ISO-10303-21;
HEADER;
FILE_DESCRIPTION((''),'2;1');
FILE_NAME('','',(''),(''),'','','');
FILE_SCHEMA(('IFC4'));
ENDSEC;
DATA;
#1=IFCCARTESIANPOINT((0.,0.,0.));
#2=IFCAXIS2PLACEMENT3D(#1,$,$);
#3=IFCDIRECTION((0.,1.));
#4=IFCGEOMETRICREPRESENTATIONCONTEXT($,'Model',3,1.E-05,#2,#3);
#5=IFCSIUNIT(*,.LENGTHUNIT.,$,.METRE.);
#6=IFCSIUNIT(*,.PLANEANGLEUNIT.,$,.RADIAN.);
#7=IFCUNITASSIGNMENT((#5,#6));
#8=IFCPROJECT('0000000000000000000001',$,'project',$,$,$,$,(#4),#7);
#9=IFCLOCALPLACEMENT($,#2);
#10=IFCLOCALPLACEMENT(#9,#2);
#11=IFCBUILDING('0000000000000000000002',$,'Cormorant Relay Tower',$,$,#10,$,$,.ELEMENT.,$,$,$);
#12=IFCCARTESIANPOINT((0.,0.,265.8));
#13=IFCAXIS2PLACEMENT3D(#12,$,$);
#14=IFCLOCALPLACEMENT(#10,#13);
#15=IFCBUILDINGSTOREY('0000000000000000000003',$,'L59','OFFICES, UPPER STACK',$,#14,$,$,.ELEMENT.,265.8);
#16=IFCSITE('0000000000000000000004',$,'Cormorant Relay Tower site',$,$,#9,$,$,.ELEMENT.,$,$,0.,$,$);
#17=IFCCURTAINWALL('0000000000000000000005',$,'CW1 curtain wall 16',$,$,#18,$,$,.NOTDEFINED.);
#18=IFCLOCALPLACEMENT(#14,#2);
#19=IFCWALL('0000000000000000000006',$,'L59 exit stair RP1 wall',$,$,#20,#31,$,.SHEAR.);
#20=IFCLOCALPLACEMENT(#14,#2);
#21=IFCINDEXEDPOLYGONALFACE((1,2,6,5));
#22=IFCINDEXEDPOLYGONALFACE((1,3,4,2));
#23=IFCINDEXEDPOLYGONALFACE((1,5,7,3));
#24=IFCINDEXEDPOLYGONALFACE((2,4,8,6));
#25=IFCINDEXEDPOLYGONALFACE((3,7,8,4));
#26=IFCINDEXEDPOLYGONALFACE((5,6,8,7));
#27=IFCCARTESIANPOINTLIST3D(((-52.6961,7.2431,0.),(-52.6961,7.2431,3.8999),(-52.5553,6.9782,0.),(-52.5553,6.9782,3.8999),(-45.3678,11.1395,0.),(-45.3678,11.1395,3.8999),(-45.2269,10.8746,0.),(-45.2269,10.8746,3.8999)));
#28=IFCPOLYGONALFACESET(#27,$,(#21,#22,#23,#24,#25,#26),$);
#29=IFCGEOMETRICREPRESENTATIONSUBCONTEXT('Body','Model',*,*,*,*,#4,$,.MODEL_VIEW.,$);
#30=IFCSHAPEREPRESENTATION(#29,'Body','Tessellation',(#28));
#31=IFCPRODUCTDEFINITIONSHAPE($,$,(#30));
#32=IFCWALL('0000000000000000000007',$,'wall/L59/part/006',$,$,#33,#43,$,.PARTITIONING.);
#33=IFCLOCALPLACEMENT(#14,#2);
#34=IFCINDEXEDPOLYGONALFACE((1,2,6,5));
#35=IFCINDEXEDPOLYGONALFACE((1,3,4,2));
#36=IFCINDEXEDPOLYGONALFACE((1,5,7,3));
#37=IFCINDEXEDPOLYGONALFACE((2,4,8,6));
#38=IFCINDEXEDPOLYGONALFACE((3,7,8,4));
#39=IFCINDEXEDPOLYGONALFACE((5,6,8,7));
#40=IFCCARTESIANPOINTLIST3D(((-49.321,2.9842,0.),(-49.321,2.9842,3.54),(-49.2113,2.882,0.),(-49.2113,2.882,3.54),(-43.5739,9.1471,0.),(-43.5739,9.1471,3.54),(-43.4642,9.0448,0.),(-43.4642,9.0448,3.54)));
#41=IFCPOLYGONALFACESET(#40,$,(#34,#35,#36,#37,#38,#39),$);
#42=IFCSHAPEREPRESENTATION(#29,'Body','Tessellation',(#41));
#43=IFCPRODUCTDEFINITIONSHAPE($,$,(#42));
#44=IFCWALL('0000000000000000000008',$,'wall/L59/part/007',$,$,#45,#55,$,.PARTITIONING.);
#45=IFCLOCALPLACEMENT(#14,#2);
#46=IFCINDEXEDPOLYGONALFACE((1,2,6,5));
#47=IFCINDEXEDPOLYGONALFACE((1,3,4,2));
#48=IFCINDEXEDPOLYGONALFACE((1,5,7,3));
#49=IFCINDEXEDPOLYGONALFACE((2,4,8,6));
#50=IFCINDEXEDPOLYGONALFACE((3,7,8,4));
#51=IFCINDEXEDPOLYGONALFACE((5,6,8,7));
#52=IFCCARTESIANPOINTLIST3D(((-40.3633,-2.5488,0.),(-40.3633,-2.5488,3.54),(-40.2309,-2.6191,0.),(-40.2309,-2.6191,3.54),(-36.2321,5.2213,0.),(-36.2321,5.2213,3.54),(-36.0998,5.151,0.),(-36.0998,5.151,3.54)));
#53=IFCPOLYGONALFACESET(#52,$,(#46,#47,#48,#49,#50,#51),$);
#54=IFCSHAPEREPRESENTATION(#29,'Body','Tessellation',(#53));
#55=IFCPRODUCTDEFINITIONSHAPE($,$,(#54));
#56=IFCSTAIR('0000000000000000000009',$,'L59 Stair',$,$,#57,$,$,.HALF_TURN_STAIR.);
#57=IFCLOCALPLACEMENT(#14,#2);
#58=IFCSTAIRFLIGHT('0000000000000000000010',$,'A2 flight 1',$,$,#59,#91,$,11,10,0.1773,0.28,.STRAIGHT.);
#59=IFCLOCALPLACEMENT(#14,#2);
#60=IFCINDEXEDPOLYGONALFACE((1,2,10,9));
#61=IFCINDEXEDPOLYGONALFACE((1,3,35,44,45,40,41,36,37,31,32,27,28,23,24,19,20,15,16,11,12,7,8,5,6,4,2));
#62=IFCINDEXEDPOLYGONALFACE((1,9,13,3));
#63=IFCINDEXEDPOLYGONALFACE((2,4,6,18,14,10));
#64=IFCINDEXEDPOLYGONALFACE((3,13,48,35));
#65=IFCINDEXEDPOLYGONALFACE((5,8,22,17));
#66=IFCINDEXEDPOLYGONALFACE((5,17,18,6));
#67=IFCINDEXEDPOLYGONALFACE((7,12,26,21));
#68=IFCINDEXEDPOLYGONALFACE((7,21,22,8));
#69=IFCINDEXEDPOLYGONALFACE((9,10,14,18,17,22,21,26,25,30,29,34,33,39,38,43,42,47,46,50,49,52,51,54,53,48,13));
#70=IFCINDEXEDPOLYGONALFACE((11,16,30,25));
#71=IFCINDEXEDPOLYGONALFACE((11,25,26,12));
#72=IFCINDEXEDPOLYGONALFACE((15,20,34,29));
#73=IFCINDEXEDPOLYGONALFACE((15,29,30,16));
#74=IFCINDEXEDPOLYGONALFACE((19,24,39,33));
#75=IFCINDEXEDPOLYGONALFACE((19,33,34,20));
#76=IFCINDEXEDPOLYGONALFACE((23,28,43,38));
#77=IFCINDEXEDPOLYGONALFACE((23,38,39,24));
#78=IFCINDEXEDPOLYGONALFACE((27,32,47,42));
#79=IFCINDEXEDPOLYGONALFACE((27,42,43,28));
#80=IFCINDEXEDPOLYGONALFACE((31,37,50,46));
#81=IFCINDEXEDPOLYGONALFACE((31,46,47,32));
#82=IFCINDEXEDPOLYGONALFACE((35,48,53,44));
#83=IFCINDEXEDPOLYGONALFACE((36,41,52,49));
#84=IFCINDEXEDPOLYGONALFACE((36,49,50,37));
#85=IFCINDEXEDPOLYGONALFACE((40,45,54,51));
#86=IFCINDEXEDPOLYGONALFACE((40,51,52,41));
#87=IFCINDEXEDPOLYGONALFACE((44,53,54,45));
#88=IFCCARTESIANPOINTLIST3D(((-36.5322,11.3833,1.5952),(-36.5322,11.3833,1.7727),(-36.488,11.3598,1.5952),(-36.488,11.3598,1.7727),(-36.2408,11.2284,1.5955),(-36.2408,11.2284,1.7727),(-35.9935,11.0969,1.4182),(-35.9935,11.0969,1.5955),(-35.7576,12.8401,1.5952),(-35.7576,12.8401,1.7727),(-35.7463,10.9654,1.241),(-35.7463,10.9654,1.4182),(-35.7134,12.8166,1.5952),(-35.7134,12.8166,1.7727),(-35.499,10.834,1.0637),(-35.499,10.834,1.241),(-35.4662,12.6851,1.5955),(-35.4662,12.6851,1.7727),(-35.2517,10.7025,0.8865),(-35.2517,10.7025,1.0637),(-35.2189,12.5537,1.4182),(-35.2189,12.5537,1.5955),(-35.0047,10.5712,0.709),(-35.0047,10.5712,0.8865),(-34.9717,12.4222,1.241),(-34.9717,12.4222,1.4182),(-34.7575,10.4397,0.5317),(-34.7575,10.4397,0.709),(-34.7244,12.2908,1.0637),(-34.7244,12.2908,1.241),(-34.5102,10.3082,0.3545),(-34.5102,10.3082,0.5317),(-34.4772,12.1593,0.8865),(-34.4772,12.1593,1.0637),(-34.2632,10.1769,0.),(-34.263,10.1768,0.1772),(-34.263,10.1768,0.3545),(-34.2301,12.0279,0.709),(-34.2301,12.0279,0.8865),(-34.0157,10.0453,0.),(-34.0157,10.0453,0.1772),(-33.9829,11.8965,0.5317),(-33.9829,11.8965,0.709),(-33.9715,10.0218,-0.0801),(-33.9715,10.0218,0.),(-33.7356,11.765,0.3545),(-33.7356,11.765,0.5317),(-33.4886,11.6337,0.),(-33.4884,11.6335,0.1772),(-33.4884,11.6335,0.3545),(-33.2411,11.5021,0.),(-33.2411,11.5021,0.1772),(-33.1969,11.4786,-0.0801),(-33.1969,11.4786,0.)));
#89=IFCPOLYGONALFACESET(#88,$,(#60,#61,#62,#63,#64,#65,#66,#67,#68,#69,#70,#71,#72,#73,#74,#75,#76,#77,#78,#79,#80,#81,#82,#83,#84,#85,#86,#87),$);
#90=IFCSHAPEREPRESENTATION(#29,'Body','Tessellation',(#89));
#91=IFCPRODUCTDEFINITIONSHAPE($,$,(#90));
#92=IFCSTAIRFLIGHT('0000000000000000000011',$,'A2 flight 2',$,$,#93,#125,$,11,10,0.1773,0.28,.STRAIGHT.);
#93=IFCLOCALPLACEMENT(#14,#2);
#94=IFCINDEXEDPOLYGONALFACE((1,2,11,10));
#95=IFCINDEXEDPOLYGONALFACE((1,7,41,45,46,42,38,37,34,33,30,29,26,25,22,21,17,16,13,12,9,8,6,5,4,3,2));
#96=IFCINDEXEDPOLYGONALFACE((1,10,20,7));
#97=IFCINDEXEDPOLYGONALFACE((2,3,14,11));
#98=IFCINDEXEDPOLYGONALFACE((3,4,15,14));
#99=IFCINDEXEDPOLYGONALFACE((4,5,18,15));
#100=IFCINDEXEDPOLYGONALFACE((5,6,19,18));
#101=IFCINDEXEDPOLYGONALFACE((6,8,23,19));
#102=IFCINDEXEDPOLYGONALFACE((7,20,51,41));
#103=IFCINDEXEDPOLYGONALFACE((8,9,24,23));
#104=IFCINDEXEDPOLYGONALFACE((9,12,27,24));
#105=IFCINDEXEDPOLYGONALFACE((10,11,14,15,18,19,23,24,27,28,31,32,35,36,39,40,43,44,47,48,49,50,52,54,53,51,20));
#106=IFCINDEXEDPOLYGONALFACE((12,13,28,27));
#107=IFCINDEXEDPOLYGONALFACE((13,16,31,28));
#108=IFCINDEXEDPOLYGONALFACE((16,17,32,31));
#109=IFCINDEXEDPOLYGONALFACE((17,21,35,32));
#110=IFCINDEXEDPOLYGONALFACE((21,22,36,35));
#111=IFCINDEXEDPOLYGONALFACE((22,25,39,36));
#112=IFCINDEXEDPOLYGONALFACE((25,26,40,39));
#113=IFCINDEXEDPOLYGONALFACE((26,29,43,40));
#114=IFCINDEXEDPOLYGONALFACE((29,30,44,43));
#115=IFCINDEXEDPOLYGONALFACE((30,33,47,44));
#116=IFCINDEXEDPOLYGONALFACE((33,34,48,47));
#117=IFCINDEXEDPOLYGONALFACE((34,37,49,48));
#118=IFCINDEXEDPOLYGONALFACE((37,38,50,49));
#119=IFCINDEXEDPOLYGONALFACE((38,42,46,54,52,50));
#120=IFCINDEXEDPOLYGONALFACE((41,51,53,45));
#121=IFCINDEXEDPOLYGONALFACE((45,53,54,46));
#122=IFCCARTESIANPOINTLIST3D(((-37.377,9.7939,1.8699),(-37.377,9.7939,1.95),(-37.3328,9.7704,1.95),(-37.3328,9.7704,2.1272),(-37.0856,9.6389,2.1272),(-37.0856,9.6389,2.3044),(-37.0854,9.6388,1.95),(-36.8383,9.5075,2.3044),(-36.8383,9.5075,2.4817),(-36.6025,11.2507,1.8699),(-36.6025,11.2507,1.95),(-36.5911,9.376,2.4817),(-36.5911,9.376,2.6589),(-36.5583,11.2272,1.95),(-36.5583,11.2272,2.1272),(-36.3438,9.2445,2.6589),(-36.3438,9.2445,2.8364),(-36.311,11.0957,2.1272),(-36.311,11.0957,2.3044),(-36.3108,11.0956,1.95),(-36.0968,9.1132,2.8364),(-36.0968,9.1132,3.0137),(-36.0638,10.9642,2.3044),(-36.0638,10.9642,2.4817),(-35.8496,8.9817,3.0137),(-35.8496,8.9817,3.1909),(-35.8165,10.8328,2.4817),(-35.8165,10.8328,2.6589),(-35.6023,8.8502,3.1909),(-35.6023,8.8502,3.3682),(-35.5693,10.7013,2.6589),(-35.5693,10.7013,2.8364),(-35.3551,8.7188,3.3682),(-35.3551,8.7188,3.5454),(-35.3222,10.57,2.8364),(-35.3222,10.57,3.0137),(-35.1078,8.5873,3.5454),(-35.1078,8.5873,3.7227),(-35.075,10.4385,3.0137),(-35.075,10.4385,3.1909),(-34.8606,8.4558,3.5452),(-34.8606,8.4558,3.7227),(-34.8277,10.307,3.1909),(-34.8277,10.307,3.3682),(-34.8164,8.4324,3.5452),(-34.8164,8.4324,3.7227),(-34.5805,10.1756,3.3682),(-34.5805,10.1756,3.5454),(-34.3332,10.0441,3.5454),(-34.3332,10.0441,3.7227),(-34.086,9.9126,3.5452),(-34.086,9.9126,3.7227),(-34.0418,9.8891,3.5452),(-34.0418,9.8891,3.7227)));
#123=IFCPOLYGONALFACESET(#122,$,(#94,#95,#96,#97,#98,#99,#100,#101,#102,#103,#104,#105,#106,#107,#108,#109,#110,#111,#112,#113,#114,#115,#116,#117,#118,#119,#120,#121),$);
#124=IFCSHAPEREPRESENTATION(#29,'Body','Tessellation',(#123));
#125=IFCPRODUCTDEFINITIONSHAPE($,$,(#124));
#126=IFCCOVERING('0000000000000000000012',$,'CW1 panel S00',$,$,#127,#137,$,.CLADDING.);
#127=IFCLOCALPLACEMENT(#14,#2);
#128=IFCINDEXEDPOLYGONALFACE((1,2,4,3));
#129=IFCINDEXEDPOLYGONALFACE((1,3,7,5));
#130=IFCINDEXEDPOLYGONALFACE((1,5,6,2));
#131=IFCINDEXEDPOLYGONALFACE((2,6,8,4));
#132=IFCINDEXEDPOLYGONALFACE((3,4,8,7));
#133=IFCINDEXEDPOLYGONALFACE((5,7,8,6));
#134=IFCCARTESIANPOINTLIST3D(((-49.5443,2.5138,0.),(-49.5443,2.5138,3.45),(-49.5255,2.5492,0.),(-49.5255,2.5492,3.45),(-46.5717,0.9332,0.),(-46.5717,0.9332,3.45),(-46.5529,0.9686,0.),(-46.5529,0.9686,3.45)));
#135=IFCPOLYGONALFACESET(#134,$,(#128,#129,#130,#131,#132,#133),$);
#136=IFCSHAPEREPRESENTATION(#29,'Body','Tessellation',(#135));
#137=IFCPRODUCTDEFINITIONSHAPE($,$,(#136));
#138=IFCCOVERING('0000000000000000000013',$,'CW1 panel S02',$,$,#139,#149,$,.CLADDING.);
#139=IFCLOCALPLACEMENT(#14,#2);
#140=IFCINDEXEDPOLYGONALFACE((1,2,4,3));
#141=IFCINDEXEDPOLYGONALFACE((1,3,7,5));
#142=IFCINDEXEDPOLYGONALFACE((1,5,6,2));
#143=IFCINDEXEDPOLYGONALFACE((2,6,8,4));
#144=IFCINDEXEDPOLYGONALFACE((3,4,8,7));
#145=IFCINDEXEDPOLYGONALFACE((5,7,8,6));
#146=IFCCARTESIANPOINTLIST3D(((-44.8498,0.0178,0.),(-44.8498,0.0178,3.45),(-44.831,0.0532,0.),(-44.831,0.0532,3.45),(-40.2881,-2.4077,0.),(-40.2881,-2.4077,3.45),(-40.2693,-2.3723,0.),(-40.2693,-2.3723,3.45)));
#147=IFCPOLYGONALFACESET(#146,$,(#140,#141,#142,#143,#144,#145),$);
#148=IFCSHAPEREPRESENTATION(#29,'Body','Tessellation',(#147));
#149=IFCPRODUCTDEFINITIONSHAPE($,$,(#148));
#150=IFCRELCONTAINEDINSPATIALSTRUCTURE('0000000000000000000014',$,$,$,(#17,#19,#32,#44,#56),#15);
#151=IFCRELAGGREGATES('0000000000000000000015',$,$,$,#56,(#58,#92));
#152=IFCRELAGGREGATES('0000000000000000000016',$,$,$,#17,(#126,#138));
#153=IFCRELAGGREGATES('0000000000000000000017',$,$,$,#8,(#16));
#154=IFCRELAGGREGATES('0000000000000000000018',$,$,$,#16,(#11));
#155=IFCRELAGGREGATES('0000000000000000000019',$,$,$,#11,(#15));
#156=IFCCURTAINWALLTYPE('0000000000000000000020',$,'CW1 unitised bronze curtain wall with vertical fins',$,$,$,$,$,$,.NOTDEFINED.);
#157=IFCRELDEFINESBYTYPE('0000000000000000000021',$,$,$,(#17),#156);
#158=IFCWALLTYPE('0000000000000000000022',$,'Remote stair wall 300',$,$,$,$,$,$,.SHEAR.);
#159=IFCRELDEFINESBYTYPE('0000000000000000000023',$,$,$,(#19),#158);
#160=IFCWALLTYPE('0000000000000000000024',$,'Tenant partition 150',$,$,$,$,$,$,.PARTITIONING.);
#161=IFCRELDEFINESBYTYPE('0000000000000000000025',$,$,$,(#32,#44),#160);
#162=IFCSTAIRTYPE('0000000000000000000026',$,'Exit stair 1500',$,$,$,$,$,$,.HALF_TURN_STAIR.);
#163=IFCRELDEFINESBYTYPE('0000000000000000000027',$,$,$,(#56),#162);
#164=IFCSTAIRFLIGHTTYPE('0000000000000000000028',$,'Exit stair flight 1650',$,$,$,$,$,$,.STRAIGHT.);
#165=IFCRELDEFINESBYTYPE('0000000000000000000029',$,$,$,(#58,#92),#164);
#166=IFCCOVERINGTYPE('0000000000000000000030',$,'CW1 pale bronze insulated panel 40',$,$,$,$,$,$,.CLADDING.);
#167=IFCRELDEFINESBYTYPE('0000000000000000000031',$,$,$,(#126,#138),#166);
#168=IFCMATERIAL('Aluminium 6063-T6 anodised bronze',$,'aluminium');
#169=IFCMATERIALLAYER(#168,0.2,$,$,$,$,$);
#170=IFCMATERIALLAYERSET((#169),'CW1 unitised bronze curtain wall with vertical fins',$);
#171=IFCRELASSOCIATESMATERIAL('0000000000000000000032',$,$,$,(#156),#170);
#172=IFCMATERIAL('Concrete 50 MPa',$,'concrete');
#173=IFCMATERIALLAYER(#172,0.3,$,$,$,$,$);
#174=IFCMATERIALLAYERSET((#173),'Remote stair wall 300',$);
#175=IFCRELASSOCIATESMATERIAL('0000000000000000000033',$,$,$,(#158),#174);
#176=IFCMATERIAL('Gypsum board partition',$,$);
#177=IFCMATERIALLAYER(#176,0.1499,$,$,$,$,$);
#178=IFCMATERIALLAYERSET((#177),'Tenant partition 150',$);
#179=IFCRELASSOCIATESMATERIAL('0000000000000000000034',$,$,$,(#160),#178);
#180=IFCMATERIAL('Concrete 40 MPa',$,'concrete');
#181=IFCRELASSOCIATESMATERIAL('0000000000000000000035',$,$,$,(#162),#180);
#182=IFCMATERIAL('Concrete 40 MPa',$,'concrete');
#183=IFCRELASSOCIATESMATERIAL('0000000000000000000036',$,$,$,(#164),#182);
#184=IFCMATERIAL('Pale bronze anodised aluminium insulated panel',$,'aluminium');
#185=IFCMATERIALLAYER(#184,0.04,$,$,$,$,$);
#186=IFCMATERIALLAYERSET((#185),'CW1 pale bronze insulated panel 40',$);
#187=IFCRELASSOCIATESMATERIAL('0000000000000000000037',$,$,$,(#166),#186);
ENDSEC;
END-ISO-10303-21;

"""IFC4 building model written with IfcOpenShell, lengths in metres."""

from ifc_helpers import new_model, si_unit, direction, frame, frame_2d, origin, origin_2d, place, context, subcontext, project, spatial, polyline, rectangle, outline, extrude, material, layer, layer_set, type_object, element, aggregate, save


model = new_model("IFC4")

# Units and contexts
model_context = context("Model", 3, precision=1e-05, world=origin(), true_north=direction((0.0, 1.0)))
body_context = subcontext(model_context, "Body", "Model", "MODEL_VIEW")
ifc_project = project(units=[si_unit("LENGTHUNIT", "METRE"), si_unit("PLANEANGLEUNIT", "RADIAN")], contexts=[model_context])

# Site, building, storey
site_placement = place(None, origin())
site = spatial("IfcSite", under=ifc_project, at=site_placement, Name="Cormorant Relay Tower site", CompositionType="ELEMENT", RefElevation=0.0)
building_placement = place(site_placement, origin())
building = spatial("IfcBuilding", under=site, at=building_placement, Name="Cormorant Relay Tower", CompositionType="ELEMENT")
storey_placement = place(building_placement, frame((0.0, 0.0, 265.8)))
storey = spatial("IfcBuildingStorey", under=building, at=storey_placement, Name="L59", Description="OFFICES, UPPER STACK", CompositionType="ELEMENT", Elevation=265.8)

# Curtain wall
ifc_material_1 = material(Name="Aluminium 6063-T6 anodised bronze", Category="aluminium")
ifc_layer_1 = layer(ifc_material_1, 0.2)
ifc_layer_set_1 = layer_set([ifc_layer_1], Name="CW1 unitised bronze curtain wall with vertical fins")
curtain_wall_type = type_object("IfcCurtainWallType", Name="CW1 unitised bronze curtain wall with vertical fins", PredefinedType="NOTDEFINED", material=ifc_layer_set_1)
curtain_wall_placement = place(storey_placement, origin())
curtain_wall = element("IfcCurtainWall", 1, at=curtain_wall_placement, inside=storey, type_object=curtain_wall_type, Name="CW1 curtain wall 16", PredefinedType="NOTDEFINED")

# Walls
ifc_material_2 = material(Name="Concrete 50 MPa", Category="concrete")
ifc_layer_2 = layer(ifc_material_2, 0.3)
ifc_layer_set_2 = layer_set([ifc_layer_2], Name="Remote stair wall 300")
wall_type_1 = type_object("IfcWallType", Name="Remote stair wall 300", PredefinedType="SHEAR", material=ifc_layer_set_2)
wall_1_placement = place(storey_placement, frame((-45.2974, 11.0071, 0.0), z_axis=(0.0, 0.0, 1.0), x_axis=(-0.882952, -0.469464, 0.0)))
element("IfcWall", 2, at=wall_1_placement, inside=storey, type_object=wall_type_1, Name="L59 exit stair RP1 wall", PredefinedType="SHEAR", context=body_context, shape_type="SweptSolid", body=[
    extrude(rectangle(XDim=8.2998, YDim=0.3, at=frame_2d((4.1499, 0.0))), origin(), (0.0, 0.0, 1.0), 3.8999),
])
ifc_material_3 = material(Name="Gypsum board partition")
ifc_layer_3 = layer(ifc_material_3, 0.1499)
ifc_layer_set_3 = layer_set([ifc_layer_3], Name="Tenant partition 150")
wall_type_2 = type_object("IfcWallType", Name="Tenant partition 150", PredefinedType="PARTITIONING", material=ifc_layer_set_3)
wall_2_placement = place(storey_placement, frame((-43.519, 9.0959, 0.0), z_axis=(0.0, 0.0, 1.0), x_axis=(-0.682006, -0.731346, 0.0)))
element("IfcWall", 3, at=wall_2_placement, inside=storey, type_object=wall_type_2, Name="wall/L59/part/006", PredefinedType="PARTITIONING", context=body_context, shape_type="SweptSolid", body=[
    extrude(rectangle(XDim=8.4268, YDim=0.1499, at=frame_2d((4.2134, 0.0))), origin(), (0.0, 0.0, 1.0), 3.54),
])
wall_3_placement = place(storey_placement, frame((-36.166, 5.186, 0.0), z_axis=(0.0, 0.0, 1.0), x_axis=(-0.469446, -0.882961, 0.0)))
element("IfcWall", 4, at=wall_3_placement, inside=storey, type_object=wall_type_2, Name="wall/L59/part/007", PredefinedType="PARTITIONING", context=body_context, shape_type="SweptSolid", body=[
    extrude(rectangle(XDim=8.8, YDim=0.1499, at=frame_2d((4.3999, 0.0))), origin(), (0.0, 0.0, 1.0), 3.54),
])

# Stair, stair flights
ifc_material_4 = material(Name="Concrete 40 MPa", Category="concrete")
stair_type = type_object("IfcStairType", Name="Exit stair 1500", PredefinedType="HALF_TURN_STAIR", material=ifc_material_4)
stair_placement = place(storey_placement, origin())
stair = element("IfcStair", 5, at=stair_placement, inside=storey, type_object=stair_type, Name="L59 Stair", PredefinedType="HALF_TURN_STAIR")
ifc_material_5 = material(Name="Concrete 40 MPa", Category="concrete")
stair_flight_type = type_object("IfcStairFlightType", Name="Exit stair flight 1650", PredefinedType="STRAIGHT", material=ifc_material_5)
stair_flight_1_placement = place(storey_placement, frame((-33.6284, 10.7737, 0.0), z_axis=(0.0, 0.0, 1.0), x_axis=(-0.882948, 0.469472, 0.0)))
stair_flight_1 = element("IfcStairFlight", 6, at=stair_flight_1_placement, type_object=stair_flight_type, Name="A2 flight 1", NumberOfRisers=11, NumberOfTreads=10, PredefinedType="STRAIGHT", RiserHeight=0.1773, TreadLength=0.28, context=body_context, shape_type="SweptSolid", body=[
    extrude(outline(polyline([(-0.05, -0.0801), (-0.05, 0.0), (0.0, 0.0), (0.0, 0.1772), (0.28, 0.1772), (0.28, 0.3545), (0.5601, 0.3545), (0.5601, 0.5317), (0.8401, 0.5317), (0.8401, 0.709), (1.1201, 0.709), (1.1201, 0.8865), (1.3999, 0.8865), (1.3999, 1.0637), (1.6799, 1.0637), (1.6799, 1.241), (1.96, 1.241), (1.96, 1.4182), (2.24, 1.4182), (2.24, 1.5955), (2.52, 1.5955), (2.52, 1.7727), (2.8, 1.7727), (2.8501, 1.7727), (2.8501, 1.5952), (2.8, 1.5952), (0.2803, 0.0), (-0.05, -0.0801)])), frame((0.0, 0.825, 0.0), z_axis=(0.0, -1.0, 0.0), x_axis=(1.0, 0.0, 0.0)), (0.0, 0.0, 1.0), 1.6499),
])
stair_flight_2_placement = place(storey_placement, frame((-36.9456, 10.4988, 1.95), z_axis=(0.0, 0.0, 1.0), x_axis=(0.882948, -0.469472, 0.0)))
stair_flight_2 = element("IfcStairFlight", 7, at=stair_flight_2_placement, type_object=stair_flight_type, Name="A2 flight 2", NumberOfRisers=11, NumberOfTreads=10, PredefinedType="STRAIGHT", RiserHeight=0.1773, TreadLength=0.28, context=body_context, shape_type="SweptSolid", body=[
    extrude(outline(polyline([(-0.05, -0.0801), (-0.05, 0.0), (0.0, 0.0), (0.0, 0.1772), (0.28, 0.1772), (0.28, 0.3545), (0.5601, 0.3545), (0.5601, 0.5317), (0.8401, 0.5317), (0.8401, 0.709), (1.1201, 0.709), (1.1201, 0.8865), (1.3999, 0.8865), (1.3999, 1.0637), (1.6799, 1.0637), (1.6799, 1.241), (1.96, 1.241), (1.96, 1.4182), (2.24, 1.4182), (2.24, 1.5955), (2.52, 1.5955), (2.52, 1.7727), (2.8, 1.7727), (2.8501, 1.7727), (2.8501, 1.5952), (2.8, 1.5952), (0.2803, 0.0), (-0.05, -0.0801)])), frame((0.0, 0.825, 0.0), z_axis=(0.0, -1.0, 0.0), x_axis=(1.0, 0.0, 0.0)), (0.0, 0.0, 1.0), 1.6499),
])
aggregate(stair, [stair_flight_1, stair_flight_2])

# Coverings
ifc_material_6 = material(Name="Pale bronze anodised aluminium insulated panel", Category="aluminium")
ifc_layer_4 = layer(ifc_material_6, 0.04)
ifc_layer_set_4 = layer_set([ifc_layer_4], Name="CW1 pale bronze insulated panel 40")
covering_type = type_object("IfcCoveringType", Name="CW1 pale bronze insulated panel 40", PredefinedType="CLADDING", material=ifc_layer_set_4)
covering_1_placement = place(storey_placement, frame((-48.0486, 1.7412, 0.0), z_axis=(0.0, 0.0, 1.0), x_axis=(0.882948, -0.469472, 0.0)))
covering_1 = element("IfcCovering", 8, at=covering_1_placement, type_object=covering_type, Name="CW1 panel S00", PredefinedType="CLADDING", context=body_context, shape_type="SweptSolid", body=[
    extrude(rectangle(XDim=3.3667, YDim=0.04, at=origin_2d()), origin(), (0.0, 0.0, 1.0), 3.45),
])
covering_2_placement = place(storey_placement, frame((-42.5596, -1.1772, 0.0), z_axis=(0.0, 0.0, 1.0), x_axis=(0.882948, -0.469472, 0.0)))
covering_2 = element("IfcCovering", 9, at=covering_2_placement, type_object=covering_type, Name="CW1 panel S02", PredefinedType="CLADDING", context=body_context, shape_type="SweptSolid", body=[
    extrude(rectangle(XDim=5.1665, YDim=0.04, at=origin_2d()), origin(), (0.0, 0.0, 1.0), 3.45),
])
aggregate(curtain_wall, [covering_1, covering_2])

save(model, "model.ifc")
